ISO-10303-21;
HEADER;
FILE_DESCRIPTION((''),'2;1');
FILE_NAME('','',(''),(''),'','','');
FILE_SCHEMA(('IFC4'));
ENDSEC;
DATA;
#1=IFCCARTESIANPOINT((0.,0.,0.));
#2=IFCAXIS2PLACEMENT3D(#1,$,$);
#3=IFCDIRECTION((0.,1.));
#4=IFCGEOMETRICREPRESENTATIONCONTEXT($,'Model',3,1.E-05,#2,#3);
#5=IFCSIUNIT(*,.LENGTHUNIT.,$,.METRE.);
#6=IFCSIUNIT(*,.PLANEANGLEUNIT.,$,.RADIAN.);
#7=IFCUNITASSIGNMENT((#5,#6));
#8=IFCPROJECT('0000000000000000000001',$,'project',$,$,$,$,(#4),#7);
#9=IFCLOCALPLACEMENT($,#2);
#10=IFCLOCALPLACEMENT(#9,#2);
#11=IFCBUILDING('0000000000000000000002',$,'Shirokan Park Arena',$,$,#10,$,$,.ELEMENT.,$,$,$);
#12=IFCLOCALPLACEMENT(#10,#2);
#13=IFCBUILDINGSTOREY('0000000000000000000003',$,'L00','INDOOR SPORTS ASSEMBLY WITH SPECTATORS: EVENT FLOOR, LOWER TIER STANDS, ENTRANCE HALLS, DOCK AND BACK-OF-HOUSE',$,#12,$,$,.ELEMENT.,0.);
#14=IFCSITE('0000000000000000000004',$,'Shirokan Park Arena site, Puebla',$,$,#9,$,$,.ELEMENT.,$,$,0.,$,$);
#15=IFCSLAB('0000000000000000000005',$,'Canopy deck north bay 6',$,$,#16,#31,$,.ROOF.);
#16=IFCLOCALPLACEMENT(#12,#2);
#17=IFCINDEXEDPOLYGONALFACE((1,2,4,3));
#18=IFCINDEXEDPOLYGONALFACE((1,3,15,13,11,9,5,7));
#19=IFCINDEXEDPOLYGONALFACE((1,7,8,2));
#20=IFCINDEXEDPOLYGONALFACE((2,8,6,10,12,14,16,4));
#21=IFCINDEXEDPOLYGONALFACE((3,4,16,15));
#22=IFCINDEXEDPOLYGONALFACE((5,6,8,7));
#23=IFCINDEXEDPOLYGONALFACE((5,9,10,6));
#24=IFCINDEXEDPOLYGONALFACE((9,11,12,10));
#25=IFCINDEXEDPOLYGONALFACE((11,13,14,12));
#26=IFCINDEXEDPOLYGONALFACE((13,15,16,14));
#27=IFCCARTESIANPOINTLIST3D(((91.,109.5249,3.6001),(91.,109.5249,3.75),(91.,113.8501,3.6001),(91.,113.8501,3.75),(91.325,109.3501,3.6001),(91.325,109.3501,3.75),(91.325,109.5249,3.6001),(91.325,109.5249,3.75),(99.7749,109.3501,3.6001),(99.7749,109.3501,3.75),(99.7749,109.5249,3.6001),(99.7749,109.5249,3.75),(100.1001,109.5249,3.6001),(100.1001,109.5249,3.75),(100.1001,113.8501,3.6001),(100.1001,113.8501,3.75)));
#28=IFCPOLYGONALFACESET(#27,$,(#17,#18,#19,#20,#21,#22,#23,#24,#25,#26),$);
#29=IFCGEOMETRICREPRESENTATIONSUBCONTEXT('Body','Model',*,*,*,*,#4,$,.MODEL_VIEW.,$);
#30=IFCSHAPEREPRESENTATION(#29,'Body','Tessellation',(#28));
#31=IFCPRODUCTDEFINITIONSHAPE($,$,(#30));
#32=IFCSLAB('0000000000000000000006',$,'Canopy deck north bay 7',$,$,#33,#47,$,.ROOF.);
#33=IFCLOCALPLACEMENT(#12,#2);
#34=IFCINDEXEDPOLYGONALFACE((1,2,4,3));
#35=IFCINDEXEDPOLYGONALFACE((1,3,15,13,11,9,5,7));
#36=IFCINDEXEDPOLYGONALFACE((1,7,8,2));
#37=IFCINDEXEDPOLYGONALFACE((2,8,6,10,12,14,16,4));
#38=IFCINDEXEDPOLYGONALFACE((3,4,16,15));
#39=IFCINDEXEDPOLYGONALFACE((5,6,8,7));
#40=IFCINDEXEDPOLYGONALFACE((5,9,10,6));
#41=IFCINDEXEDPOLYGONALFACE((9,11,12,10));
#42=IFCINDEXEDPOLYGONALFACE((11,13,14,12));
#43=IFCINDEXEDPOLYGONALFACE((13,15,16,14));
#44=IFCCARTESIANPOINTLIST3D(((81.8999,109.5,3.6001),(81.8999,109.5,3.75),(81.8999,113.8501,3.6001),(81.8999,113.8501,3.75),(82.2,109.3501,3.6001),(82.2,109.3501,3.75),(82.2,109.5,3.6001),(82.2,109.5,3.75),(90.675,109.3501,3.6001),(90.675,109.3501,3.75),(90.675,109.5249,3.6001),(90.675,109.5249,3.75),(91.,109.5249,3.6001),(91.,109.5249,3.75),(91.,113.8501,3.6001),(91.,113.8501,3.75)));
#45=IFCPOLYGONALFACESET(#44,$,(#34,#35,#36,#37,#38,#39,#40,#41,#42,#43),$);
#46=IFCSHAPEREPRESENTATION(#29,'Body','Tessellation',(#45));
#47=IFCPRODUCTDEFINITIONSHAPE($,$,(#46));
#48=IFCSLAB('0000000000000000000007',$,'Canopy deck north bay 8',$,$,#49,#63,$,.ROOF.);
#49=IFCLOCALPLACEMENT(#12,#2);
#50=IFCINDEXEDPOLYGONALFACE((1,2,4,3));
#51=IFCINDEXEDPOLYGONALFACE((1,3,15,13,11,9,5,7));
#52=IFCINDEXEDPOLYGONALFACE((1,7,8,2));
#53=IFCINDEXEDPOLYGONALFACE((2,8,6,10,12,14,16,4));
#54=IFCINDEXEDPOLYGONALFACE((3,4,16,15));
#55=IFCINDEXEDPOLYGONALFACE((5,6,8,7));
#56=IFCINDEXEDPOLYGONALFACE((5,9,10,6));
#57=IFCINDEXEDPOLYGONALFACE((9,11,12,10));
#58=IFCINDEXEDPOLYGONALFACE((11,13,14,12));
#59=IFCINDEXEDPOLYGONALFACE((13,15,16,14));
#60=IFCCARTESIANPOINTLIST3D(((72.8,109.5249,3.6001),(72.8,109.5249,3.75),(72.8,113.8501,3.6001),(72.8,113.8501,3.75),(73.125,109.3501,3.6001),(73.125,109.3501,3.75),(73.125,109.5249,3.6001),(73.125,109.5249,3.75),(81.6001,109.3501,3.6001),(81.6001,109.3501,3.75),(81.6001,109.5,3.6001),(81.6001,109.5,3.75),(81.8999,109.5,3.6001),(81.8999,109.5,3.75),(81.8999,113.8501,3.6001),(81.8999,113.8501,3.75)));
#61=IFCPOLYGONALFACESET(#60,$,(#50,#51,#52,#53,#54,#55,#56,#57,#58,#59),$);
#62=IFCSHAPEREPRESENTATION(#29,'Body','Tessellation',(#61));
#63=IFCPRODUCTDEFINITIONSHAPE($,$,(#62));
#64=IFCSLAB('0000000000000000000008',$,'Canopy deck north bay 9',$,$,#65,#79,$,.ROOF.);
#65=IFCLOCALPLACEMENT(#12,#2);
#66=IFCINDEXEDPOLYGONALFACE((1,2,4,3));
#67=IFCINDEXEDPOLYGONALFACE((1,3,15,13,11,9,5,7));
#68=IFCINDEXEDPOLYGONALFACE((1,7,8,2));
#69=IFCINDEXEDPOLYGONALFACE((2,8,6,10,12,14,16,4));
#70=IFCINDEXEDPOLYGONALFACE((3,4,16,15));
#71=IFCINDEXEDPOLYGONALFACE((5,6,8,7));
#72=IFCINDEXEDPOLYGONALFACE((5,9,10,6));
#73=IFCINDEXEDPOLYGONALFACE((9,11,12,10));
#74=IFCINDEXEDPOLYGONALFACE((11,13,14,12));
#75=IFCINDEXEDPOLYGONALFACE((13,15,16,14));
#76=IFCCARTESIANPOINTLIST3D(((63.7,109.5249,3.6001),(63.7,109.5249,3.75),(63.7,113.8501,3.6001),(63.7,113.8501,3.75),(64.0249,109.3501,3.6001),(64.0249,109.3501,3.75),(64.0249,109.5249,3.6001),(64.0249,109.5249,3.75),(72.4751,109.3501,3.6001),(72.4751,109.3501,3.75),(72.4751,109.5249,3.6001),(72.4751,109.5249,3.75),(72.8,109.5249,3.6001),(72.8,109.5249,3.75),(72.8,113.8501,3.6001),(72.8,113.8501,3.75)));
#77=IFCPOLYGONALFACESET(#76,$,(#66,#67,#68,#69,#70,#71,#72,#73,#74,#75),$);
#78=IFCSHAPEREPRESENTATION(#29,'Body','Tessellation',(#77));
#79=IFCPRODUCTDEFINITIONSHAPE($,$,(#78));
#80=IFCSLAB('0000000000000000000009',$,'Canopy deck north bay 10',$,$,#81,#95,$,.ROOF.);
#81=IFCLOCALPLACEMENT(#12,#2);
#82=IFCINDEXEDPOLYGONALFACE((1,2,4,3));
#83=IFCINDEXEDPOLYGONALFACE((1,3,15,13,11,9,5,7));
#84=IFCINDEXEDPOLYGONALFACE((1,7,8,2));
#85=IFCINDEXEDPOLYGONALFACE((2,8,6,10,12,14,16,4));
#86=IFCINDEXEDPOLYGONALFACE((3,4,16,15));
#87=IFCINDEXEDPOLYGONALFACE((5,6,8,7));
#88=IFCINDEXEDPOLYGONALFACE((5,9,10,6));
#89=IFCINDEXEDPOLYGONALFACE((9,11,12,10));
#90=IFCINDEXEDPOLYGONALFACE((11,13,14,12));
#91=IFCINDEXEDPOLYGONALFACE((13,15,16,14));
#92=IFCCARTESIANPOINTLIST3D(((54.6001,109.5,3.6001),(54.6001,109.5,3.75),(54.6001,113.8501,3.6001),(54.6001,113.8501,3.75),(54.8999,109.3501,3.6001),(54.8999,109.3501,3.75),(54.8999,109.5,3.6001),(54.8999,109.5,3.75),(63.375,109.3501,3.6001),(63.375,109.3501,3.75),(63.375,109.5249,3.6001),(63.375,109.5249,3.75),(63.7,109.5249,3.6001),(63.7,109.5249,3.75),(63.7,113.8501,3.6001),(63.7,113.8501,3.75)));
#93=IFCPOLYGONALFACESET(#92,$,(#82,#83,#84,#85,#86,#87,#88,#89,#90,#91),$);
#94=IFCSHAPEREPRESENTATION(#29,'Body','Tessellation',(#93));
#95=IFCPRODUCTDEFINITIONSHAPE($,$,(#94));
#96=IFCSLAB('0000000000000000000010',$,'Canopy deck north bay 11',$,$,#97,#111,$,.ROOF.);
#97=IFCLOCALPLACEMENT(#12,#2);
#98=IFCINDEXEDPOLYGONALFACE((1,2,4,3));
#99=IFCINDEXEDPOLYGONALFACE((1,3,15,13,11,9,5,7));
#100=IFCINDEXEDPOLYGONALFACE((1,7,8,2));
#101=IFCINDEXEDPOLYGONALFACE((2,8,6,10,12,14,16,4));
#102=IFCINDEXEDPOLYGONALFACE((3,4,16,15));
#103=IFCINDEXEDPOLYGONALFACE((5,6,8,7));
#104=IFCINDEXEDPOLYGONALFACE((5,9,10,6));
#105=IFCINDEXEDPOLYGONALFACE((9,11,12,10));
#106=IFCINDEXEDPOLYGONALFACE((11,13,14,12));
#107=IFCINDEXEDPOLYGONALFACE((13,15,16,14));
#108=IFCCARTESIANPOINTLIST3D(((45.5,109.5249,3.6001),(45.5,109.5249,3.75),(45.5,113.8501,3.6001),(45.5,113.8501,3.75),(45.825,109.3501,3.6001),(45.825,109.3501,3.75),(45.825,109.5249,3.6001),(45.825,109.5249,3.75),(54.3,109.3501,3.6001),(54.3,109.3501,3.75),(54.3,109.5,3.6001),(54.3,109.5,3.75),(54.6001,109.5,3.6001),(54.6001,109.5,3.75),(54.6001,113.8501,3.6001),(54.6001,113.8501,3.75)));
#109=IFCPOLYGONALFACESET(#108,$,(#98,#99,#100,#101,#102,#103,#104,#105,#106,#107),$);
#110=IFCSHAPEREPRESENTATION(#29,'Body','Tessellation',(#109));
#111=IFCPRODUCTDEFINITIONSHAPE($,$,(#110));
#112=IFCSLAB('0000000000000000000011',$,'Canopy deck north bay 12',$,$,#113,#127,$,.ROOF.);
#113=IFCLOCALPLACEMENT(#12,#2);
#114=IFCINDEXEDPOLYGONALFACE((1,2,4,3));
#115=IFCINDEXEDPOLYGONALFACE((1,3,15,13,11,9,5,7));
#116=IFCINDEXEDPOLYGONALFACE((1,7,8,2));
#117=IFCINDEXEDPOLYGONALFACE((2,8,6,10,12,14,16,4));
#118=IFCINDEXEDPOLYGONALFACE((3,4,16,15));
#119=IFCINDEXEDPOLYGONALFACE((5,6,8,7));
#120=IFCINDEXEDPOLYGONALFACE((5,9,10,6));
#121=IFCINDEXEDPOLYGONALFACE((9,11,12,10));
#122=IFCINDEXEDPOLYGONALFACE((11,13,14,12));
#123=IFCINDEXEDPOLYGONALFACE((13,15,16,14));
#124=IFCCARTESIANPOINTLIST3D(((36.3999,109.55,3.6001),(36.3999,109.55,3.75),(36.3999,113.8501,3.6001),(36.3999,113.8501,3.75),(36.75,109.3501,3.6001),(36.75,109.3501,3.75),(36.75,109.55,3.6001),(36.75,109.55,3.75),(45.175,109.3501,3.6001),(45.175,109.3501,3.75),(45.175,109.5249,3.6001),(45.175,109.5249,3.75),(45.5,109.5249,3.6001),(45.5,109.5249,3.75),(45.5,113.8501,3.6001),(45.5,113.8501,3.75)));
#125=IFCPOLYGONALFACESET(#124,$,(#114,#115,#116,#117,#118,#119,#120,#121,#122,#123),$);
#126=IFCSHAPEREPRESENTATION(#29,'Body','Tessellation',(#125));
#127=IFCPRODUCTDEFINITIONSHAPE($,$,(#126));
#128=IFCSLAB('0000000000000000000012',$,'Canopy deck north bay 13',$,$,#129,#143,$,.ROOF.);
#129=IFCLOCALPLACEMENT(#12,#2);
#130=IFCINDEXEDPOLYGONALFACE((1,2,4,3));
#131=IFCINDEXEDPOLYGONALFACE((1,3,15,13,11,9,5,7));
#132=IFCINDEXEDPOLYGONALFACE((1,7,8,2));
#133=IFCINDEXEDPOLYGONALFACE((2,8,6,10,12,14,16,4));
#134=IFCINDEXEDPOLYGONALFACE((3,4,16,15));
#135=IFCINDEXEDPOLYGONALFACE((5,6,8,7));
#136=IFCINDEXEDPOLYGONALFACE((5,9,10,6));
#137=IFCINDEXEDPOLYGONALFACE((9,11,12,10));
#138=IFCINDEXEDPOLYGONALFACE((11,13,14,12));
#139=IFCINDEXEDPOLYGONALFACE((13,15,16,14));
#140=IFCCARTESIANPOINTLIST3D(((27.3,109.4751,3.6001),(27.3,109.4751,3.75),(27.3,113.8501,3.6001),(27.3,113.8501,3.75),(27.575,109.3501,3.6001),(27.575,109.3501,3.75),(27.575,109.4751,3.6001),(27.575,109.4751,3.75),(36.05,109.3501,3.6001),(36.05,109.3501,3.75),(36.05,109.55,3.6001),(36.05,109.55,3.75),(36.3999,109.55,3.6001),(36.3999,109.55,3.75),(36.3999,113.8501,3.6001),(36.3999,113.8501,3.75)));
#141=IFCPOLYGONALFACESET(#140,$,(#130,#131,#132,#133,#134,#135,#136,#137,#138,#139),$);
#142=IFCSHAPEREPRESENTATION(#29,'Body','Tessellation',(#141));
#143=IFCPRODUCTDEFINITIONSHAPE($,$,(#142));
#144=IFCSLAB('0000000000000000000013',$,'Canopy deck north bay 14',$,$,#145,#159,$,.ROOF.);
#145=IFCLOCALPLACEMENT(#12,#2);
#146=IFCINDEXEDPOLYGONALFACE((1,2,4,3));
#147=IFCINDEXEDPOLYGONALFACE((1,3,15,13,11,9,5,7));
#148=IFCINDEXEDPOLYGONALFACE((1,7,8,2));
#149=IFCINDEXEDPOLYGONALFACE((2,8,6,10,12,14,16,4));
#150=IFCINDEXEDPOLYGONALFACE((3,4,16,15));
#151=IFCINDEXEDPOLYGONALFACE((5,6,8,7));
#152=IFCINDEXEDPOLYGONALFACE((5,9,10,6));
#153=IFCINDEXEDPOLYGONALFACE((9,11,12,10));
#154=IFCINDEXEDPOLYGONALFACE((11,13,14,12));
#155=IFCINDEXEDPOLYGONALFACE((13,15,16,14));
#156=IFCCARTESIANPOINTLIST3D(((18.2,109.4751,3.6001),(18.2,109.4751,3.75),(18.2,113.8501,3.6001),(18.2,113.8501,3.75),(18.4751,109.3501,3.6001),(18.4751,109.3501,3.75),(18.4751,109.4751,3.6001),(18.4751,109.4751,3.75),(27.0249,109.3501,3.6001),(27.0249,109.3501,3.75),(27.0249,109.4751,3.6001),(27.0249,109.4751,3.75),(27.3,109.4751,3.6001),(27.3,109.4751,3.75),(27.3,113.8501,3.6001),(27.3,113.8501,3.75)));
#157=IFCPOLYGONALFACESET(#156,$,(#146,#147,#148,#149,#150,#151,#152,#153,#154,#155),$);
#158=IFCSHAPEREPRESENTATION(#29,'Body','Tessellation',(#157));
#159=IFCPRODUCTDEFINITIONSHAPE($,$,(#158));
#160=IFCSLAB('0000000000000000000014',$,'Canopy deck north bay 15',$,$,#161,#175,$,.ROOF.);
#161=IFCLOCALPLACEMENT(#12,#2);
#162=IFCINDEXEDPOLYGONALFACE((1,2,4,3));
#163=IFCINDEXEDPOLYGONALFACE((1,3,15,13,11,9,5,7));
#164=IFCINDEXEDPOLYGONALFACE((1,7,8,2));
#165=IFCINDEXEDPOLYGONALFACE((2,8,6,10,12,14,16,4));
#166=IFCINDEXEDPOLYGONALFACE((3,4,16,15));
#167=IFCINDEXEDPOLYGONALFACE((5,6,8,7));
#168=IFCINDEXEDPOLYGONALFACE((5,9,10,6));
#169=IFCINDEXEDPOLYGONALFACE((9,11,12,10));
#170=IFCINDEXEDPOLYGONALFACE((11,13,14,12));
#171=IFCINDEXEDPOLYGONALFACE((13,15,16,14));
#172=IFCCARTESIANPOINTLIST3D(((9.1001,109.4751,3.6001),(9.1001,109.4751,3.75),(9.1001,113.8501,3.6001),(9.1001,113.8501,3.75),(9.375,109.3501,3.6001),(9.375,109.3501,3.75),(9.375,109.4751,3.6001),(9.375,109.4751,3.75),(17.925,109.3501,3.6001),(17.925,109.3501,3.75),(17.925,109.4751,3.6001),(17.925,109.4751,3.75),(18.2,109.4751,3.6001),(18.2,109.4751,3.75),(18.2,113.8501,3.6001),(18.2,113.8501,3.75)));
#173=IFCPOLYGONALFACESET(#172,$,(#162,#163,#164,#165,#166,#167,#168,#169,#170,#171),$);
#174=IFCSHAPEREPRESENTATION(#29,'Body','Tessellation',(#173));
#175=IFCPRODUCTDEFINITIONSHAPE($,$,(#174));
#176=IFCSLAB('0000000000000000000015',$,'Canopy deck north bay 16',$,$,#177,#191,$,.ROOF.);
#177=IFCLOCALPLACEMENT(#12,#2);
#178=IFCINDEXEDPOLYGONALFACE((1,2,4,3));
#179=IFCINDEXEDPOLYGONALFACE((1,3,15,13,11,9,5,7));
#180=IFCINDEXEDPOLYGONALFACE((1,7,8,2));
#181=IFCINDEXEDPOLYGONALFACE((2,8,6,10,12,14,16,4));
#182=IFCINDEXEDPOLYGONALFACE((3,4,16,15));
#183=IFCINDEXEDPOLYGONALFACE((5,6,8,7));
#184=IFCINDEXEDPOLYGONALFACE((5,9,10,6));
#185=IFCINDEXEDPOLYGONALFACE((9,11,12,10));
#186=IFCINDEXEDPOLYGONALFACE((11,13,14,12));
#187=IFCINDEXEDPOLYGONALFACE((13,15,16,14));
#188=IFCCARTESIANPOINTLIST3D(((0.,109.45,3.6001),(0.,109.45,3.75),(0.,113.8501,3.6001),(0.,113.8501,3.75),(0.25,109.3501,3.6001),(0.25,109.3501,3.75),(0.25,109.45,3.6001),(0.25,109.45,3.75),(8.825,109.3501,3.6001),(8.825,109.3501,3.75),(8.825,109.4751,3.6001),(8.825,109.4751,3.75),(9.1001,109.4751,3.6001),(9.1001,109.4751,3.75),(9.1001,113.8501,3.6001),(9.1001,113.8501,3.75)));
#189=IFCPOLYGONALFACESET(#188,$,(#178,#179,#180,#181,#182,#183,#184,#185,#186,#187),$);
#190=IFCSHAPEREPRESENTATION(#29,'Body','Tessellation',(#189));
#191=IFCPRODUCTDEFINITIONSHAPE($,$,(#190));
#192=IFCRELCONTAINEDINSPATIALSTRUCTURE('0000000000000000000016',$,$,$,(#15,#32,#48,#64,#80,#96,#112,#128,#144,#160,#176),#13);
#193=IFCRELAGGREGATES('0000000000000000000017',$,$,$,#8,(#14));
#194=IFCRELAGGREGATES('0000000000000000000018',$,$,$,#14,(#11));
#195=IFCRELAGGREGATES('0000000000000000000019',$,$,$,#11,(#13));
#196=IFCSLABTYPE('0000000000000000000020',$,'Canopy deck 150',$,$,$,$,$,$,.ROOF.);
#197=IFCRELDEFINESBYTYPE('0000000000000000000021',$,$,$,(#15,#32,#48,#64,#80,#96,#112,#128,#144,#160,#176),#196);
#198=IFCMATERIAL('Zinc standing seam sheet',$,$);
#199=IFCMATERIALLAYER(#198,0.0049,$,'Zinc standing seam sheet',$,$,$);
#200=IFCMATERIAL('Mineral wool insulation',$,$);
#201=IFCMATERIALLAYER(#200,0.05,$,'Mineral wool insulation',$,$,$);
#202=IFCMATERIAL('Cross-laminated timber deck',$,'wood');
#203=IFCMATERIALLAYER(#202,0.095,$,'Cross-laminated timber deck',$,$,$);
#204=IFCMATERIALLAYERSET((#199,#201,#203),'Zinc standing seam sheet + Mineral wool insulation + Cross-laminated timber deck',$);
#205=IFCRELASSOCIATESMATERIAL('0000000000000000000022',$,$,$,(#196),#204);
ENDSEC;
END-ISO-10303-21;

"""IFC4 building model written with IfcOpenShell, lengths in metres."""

from ifc_helpers import new_model, si_unit, direction, frame, origin, place, context, subcontext, project, spatial, polyline, outline, extrude, material, layer, layer_set, type_object, element, save


model = new_model("IFC4")

# Units and contexts
model_context = context("Model", 3, precision=1e-05, world=origin(), true_north=direction((0.0, 1.0)))
body_context = subcontext(model_context, "Body", "Model", "MODEL_VIEW")
ifc_project = project(units=[si_unit("LENGTHUNIT", "METRE"), si_unit("PLANEANGLEUNIT", "RADIAN")], contexts=[model_context])

# Site, building, storey
site_placement = place(None, origin())
site = spatial("IfcSite", under=ifc_project, at=site_placement, Name="Shirokan Park Arena site, Puebla", CompositionType="ELEMENT", RefElevation=0.0)
building_placement = place(site_placement, origin())
building = spatial("IfcBuilding", under=site, at=building_placement, Name="Shirokan Park Arena", CompositionType="ELEMENT")
storey_placement = place(building_placement, origin())
storey = spatial("IfcBuildingStorey", under=building, at=storey_placement, Name="L00", Description="INDOOR SPORTS ASSEMBLY WITH SPECTATORS: EVENT FLOOR, LOWER TIER STANDS, ENTRANCE HALLS, DOCK AND BACK-OF-HOUSE", CompositionType="ELEMENT", Elevation=0.0)

# Slabs
ifc_material_1 = material(Name="Zinc standing seam sheet")
ifc_layer_1 = layer(ifc_material_1, 0.0049, Name="Zinc standing seam sheet")
ifc_material_2 = material(Name="Mineral wool insulation")
ifc_layer_2 = layer(ifc_material_2, 0.05, Name="Mineral wool insulation")
ifc_material_3 = material(Name="Cross-laminated timber deck", Category="wood")
ifc_layer_3 = layer(ifc_material_3, 0.095, Name="Cross-laminated timber deck")
ifc_layer_set = layer_set([ifc_layer_1, ifc_layer_2, ifc_layer_3], Name="Zinc standing seam sheet + Mineral wool insulation + Cross-laminated timber deck")
slab_type = type_object("IfcSlabType", Name="Canopy deck 150", PredefinedType="ROOF", material=ifc_layer_set)
slab_1_placement = place(storey_placement, frame((0.0, 0.0, 3.6001)))
element("IfcSlab", 1, at=slab_1_placement, inside=storey, type_object=slab_type, Name="Canopy deck north bay 6", PredefinedType="ROOF", context=body_context, shape_type="SweptSolid", body=[
    extrude(outline(polyline([(91.325, 109.3501), (91.325, 109.5249), (91.0, 109.5249), (91.0, 113.8501), (100.1001, 113.8501), (100.1001, 109.5249), (99.7749, 109.5249), (99.7749, 109.3501), (91.325, 109.3501)])), origin(), (0.0, 0.0, 1.0), 0.1499),
])
slab_2_placement = place(storey_placement, frame((0.0, 0.0, 3.6001)))
element("IfcSlab", 2, at=slab_2_placement, inside=storey, type_object=slab_type, Name="Canopy deck north bay 7", PredefinedType="ROOF", context=body_context, shape_type="SweptSolid", body=[
    extrude(outline(polyline([(82.2, 109.3501), (82.2, 109.5), (81.8999, 109.5), (81.8999, 113.8501), (91.0, 113.8501), (91.0, 109.5249), (90.675, 109.5249), (90.675, 109.3501), (82.2, 109.3501)])), origin(), (0.0, 0.0, 1.0), 0.1499),
])
slab_3_placement = place(storey_placement, frame((0.0, 0.0, 3.6001)))
element("IfcSlab", 3, at=slab_3_placement, inside=storey, type_object=slab_type, Name="Canopy deck north bay 8", PredefinedType="ROOF", context=body_context, shape_type="SweptSolid", body=[
    extrude(outline(polyline([(73.125, 109.3501), (73.125, 109.5249), (72.8, 109.5249), (72.8, 113.8501), (81.8999, 113.8501), (81.8999, 109.5), (81.6001, 109.5), (81.6001, 109.3501), (73.125, 109.3501)])), origin(), (0.0, 0.0, 1.0), 0.1499),
])
slab_4_placement = place(storey_placement, frame((0.0, 0.0, 3.6001)))
element("IfcSlab", 4, at=slab_4_placement, inside=storey, type_object=slab_type, Name="Canopy deck north bay 9", PredefinedType="ROOF", context=body_context, shape_type="SweptSolid", body=[
    extrude(outline(polyline([(64.0249, 109.3501), (64.0249, 109.5249), (63.7, 109.5249), (63.7, 113.8501), (72.8, 113.8501), (72.8, 109.5249), (72.4751, 109.5249), (72.4751, 109.3501), (64.0249, 109.3501)])), origin(), (0.0, 0.0, 1.0), 0.1499),
])
slab_5_placement = place(storey_placement, frame((0.0, 0.0, 3.6001)))
element("IfcSlab", 5, at=slab_5_placement, inside=storey, type_object=slab_type, Name="Canopy deck north bay 10", PredefinedType="ROOF", context=body_context, shape_type="SweptSolid", body=[
    extrude(outline(polyline([(54.8999, 109.3501), (54.8999, 109.5), (54.6001, 109.5), (54.6001, 113.8501), (63.7, 113.8501), (63.7, 109.5249), (63.375, 109.5249), (63.375, 109.3501), (54.8999, 109.3501)])), origin(), (0.0, 0.0, 1.0), 0.1499),
])
slab_6_placement = place(storey_placement, frame((0.0, 0.0, 3.6001)))
element("IfcSlab", 6, at=slab_6_placement, inside=storey, type_object=slab_type, Name="Canopy deck north bay 11", PredefinedType="ROOF", context=body_context, shape_type="SweptSolid", body=[
    extrude(outline(polyline([(45.825, 109.3501), (45.825, 109.5249), (45.5, 109.5249), (45.5, 113.8501), (54.6001, 113.8501), (54.6001, 109.5), (54.3, 109.5), (54.3, 109.3501), (45.825, 109.3501)])), origin(), (0.0, 0.0, 1.0), 0.1499),
])
slab_7_placement = place(storey_placement, frame((0.0, 0.0, 3.6001)))
element("IfcSlab", 7, at=slab_7_placement, inside=storey, type_object=slab_type, Name="Canopy deck north bay 12", PredefinedType="ROOF", context=body_context, shape_type="SweptSolid", body=[
    extrude(outline(polyline([(36.75, 109.3501), (36.75, 109.55), (36.3999, 109.55), (36.3999, 113.8501), (45.5, 113.8501), (45.5, 109.5249), (45.175, 109.5249), (45.175, 109.3501), (36.75, 109.3501)])), origin(), (0.0, 0.0, 1.0), 0.1499),
])
slab_8_placement = place(storey_placement, frame((0.0, 0.0, 3.6001)))
element("IfcSlab", 8, at=slab_8_placement, inside=storey, type_object=slab_type, Name="Canopy deck north bay 13", PredefinedType="ROOF", context=body_context, shape_type="SweptSolid", body=[
    extrude(outline(polyline([(27.575, 109.3501), (27.575, 109.4751), (27.3, 109.4751), (27.3, 113.8501), (36.3999, 113.8501), (36.3999, 109.55), (36.05, 109.55), (36.05, 109.3501), (27.575, 109.3501)])), origin(), (0.0, 0.0, 1.0), 0.1499),
])
slab_9_placement = place(storey_placement, frame((0.0, 0.0, 3.6001)))
element("IfcSlab", 9, at=slab_9_placement, inside=storey, type_object=slab_type, Name="Canopy deck north bay 14", PredefinedType="ROOF", context=body_context, shape_type="SweptSolid", body=[
    extrude(outline(polyline([(18.4751, 109.3501), (18.4751, 109.4751), (18.2, 109.4751), (18.2, 113.8501), (27.3, 113.8501), (27.3, 109.4751), (27.0249, 109.4751), (27.0249, 109.3501), (18.4751, 109.3501)])), origin(), (0.0, 0.0, 1.0), 0.1499),
])
slab_10_placement = place(storey_placement, frame((0.0, 0.0, 3.6001)))
element("IfcSlab", 10, at=slab_10_placement, inside=storey, type_object=slab_type, Name="Canopy deck north bay 15", PredefinedType="ROOF", context=body_context, shape_type="SweptSolid", body=[
    extrude(outline(polyline([(9.375, 109.3501), (9.375, 109.4751), (9.1001, 109.4751), (9.1001, 113.8501), (18.2, 113.8501), (18.2, 109.4751), (17.925, 109.4751), (17.925, 109.3501), (9.375, 109.3501)])), origin(), (0.0, 0.0, 1.0), 0.1499),
])
slab_11_placement = place(storey_placement, frame((0.0, 0.0, 3.6001)))
element("IfcSlab", 11, at=slab_11_placement, inside=storey, type_object=slab_type, Name="Canopy deck north bay 16", PredefinedType="ROOF", context=body_context, shape_type="SweptSolid", body=[
    extrude(outline(polyline([(0.25, 109.3501), (0.25, 109.45), (0.0, 109.45), (0.0, 113.8501), (9.1001, 113.8501), (9.1001, 109.4751), (8.825, 109.4751), (8.825, 109.3501), (0.25, 109.3501)])), origin(), (0.0, 0.0, 1.0), 0.1499),
])

save(model, "model.ifc")
